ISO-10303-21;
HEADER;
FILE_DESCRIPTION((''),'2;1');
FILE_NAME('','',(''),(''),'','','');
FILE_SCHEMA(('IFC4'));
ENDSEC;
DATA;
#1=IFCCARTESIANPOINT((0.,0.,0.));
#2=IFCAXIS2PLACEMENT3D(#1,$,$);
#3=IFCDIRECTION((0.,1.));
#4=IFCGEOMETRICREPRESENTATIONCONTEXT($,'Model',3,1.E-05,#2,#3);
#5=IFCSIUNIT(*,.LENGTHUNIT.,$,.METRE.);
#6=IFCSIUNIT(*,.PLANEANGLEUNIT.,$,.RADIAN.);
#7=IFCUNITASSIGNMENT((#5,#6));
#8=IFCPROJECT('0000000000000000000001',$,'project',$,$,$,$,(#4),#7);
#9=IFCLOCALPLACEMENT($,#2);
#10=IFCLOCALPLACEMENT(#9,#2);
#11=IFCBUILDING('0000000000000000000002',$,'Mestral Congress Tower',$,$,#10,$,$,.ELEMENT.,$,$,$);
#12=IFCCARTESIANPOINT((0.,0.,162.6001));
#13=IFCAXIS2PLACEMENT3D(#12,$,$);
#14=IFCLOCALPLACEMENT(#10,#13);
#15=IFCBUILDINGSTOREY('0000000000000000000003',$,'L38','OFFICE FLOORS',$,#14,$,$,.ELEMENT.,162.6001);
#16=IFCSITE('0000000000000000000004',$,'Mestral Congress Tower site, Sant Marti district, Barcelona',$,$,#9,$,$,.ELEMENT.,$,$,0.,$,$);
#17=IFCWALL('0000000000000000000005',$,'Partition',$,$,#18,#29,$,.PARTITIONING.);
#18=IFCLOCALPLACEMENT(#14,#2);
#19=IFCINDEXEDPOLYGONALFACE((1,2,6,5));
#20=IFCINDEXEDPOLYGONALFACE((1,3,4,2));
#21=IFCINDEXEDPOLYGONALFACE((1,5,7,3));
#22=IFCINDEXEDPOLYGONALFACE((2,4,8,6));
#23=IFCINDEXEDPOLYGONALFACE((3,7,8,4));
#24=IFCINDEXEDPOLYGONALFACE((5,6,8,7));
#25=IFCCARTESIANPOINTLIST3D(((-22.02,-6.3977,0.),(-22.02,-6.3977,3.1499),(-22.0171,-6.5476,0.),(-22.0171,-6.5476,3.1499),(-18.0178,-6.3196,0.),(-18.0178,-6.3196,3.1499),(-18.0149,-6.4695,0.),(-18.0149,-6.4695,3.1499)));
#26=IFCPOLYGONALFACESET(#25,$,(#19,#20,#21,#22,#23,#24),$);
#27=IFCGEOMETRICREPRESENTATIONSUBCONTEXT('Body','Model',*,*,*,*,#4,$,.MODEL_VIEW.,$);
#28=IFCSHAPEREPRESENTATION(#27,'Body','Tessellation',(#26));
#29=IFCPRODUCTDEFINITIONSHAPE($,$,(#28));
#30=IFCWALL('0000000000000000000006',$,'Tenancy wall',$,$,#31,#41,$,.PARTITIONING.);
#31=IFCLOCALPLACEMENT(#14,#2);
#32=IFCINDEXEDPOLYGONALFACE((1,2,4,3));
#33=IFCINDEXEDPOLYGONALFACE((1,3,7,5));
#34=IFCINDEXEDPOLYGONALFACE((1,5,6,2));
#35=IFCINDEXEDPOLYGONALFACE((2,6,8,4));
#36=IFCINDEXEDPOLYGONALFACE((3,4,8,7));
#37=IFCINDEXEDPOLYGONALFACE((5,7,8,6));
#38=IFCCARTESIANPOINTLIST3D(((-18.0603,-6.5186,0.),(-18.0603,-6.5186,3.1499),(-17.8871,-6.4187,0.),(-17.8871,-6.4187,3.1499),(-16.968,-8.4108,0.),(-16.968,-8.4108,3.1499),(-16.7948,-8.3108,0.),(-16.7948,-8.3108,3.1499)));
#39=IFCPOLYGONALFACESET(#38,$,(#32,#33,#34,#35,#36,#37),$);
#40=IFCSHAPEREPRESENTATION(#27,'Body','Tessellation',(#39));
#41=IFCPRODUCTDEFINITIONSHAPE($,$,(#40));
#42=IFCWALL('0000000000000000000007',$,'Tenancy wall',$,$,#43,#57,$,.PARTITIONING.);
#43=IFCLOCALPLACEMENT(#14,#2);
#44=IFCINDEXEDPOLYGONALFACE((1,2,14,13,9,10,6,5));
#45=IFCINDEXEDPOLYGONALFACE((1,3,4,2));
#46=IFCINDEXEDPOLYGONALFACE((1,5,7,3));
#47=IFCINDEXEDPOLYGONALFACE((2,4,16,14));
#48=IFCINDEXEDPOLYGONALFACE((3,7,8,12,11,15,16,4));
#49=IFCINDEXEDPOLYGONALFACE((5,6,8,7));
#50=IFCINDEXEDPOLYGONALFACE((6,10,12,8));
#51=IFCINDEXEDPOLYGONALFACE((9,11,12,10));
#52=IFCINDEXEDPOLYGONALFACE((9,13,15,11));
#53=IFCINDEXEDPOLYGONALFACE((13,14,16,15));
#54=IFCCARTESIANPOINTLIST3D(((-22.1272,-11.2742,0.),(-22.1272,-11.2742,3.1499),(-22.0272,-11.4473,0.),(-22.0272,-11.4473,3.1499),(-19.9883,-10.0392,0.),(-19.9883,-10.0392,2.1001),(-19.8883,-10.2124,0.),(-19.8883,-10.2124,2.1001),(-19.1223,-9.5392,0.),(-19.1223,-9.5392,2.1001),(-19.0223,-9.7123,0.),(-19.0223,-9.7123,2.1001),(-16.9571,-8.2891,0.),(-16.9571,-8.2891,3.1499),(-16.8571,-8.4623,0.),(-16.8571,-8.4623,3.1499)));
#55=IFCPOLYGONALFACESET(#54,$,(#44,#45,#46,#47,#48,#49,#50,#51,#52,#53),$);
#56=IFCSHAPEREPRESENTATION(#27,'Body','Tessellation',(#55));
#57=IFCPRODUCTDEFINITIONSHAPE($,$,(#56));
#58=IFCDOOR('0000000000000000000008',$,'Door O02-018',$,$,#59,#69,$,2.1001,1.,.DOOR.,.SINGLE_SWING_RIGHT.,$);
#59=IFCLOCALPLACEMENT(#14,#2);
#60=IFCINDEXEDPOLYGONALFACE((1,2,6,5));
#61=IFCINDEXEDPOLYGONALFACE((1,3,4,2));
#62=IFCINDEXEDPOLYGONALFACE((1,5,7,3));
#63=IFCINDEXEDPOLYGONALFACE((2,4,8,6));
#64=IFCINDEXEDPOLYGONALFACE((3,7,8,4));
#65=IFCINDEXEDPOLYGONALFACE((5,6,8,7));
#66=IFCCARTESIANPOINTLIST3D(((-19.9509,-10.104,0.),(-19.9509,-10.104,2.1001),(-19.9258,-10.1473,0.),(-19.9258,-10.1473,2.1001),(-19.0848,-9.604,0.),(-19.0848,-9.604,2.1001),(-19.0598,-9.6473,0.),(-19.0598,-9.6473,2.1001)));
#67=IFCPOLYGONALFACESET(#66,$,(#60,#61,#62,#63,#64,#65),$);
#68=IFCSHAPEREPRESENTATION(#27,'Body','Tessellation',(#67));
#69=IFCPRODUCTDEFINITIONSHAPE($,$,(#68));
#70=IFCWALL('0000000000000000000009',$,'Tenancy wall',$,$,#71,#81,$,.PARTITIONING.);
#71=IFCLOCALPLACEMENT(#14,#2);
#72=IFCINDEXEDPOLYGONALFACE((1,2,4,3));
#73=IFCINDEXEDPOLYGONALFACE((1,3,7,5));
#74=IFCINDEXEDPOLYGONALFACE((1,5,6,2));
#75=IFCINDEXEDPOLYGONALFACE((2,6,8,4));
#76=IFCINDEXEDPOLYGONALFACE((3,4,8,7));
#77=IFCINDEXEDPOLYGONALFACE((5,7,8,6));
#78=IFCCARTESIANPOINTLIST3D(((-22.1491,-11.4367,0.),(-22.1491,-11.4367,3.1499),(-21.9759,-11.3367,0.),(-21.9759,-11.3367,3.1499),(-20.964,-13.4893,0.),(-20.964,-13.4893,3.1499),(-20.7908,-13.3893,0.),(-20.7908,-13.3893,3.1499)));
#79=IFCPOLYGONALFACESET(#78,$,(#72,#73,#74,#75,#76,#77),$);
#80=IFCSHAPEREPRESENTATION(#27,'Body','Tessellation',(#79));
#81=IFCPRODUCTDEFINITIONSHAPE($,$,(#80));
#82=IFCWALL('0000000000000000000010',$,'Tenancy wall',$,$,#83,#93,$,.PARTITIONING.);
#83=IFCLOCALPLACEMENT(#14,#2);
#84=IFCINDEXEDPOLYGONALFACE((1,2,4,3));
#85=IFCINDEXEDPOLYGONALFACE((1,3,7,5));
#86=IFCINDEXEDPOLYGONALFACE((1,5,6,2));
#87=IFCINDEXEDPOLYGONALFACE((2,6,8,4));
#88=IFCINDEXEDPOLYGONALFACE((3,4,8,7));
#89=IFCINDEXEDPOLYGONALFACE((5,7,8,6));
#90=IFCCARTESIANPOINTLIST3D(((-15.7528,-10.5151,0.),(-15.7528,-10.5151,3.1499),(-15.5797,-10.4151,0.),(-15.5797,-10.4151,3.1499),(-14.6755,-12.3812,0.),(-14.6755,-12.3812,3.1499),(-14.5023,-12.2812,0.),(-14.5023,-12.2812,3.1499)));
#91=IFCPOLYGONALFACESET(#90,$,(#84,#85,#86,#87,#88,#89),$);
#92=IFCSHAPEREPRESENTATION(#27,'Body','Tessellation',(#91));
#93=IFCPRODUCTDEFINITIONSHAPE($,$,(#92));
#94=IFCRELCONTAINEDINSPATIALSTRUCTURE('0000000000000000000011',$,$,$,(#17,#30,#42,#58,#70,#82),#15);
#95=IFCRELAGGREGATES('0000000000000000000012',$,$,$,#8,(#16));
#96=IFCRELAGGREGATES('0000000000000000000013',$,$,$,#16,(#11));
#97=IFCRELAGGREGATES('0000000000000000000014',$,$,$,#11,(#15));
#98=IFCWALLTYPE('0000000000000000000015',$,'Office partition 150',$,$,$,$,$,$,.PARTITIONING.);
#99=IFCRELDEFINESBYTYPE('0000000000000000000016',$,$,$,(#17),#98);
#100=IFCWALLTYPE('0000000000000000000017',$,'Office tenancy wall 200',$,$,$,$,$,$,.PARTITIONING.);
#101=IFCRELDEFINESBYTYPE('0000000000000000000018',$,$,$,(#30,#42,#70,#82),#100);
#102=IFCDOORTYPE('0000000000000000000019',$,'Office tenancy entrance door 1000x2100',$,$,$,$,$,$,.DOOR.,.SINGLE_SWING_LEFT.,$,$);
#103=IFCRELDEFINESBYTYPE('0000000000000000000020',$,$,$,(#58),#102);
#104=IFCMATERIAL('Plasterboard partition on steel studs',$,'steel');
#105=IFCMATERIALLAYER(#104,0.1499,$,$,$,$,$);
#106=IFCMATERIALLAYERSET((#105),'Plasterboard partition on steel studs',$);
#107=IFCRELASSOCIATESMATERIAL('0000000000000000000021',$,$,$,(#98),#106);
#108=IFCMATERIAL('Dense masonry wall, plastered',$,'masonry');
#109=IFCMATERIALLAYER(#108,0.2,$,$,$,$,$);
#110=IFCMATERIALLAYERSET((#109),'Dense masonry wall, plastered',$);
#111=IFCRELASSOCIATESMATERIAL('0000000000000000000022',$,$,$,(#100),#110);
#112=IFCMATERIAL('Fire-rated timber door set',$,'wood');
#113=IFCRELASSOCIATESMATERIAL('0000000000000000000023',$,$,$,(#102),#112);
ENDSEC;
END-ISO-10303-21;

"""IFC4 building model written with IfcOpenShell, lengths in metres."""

from ifc_helpers import new_model, si_unit, direction, frame, frame_2d, origin, place, context, subcontext, project, spatial, rectangle, extrude, material, layer, layer_set, type_object, element, fill, save


model = new_model("IFC4")

# Units and contexts
model_context = context("Model", 3, precision=1e-05, world=origin(), true_north=direction((0.0, 1.0)))
body_context = subcontext(model_context, "Body", "Model", "MODEL_VIEW")
ifc_project = project(units=[si_unit("LENGTHUNIT", "METRE"), si_unit("PLANEANGLEUNIT", "RADIAN")], contexts=[model_context])

# Site, building, storey
site_placement = place(None, origin())
site = spatial("IfcSite", under=ifc_project, at=site_placement, Name="Mestral Congress Tower site, Sant Marti district, Barcelona", CompositionType="ELEMENT", RefElevation=0.0)
building_placement = place(site_placement, origin())
building = spatial("IfcBuilding", under=site, at=building_placement, Name="Mestral Congress Tower", CompositionType="ELEMENT")
storey_placement = place(building_placement, frame((0.0, 0.0, 162.6001)))
storey = spatial("IfcBuildingStorey", under=building, at=storey_placement, Name="L38", Description="OFFICE FLOORS", CompositionType="ELEMENT", Elevation=162.6001)

# Shared definitions
ifc_material_1 = material(Name="Plasterboard partition on steel studs", Category="steel")
ifc_layer_1 = layer(ifc_material_1, 0.1499)
ifc_layer_set_1 = layer_set([ifc_layer_1], Name="Plasterboard partition on steel studs")
wall_type_1 = type_object("IfcWallType", Name="Office partition 150", PredefinedType="PARTITIONING", material=ifc_layer_set_1)

# Walls
wall_1_placement = place(storey_placement, frame((-18.0164, -6.3945, 0.0), z_axis=(0.0, 0.0, 1.0), x_axis=(-0.99981, -0.019517, 0.0)))
element("IfcWall", 1, at=wall_1_placement, inside=storey, type_object=wall_type_1, Name="Partition", PredefinedType="PARTITIONING", context=body_context, shape_type="SweptSolid", body=[
    extrude(rectangle(XDim=4.0029, YDim=0.1499, at=frame_2d((2.0015, 0.0))), origin(), (0.0, 0.0, 1.0), 3.1499),
])
ifc_material_2 = material(Name="Dense masonry wall, plastered", Category="masonry")
ifc_layer_2 = layer(ifc_material_2, 0.2)
ifc_layer_set_2 = layer_set([ifc_layer_2], Name="Dense masonry wall, plastered")
wall_type_2 = type_object("IfcWallType", Name="Office tenancy wall 200", PredefinedType="PARTITIONING", material=ifc_layer_set_2)
wall_2_placement = place(storey_placement, frame((-17.9736, -6.4688, 0.0), z_axis=(0.0, 0.0, 1.0), x_axis=(0.499961, -0.866048, 0.0)))
element("IfcWall", 2, at=wall_2_placement, inside=storey, type_object=wall_type_2, Name="Tenancy wall", PredefinedType="PARTITIONING", context=body_context, shape_type="SweptSolid", body=[
    extrude(rectangle(XDim=2.1848, YDim=0.2, at=frame_2d((1.0923, 0.0))), origin(), (0.0, 0.0, 1.0), 3.1499),
])

# Wall, opening, door
wall_3_placement = place(storey_placement, frame((-16.9072, -8.3757, 0.0), z_axis=(0.0, 0.0, 1.0), x_axis=(-0.866017, -0.500014, 0.0)))
wall_3 = element("IfcWall", 3, at=wall_3_placement, inside=storey, type_object=wall_type_2, Name="Tenancy wall", PredefinedType="PARTITIONING", context=body_context, shape_type="SweptSolid", body=[
    extrude(rectangle(XDim=5.97, YDim=0.2, at=frame_2d((2.9849, 0.0))), origin(), (0.0, 0.0, 1.0), 3.1499),
])
opening_1_placement = place(wall_3_placement, frame((2.5, 0.0, 0.0)))
opening_1 = element("IfcOpeningElement", 4, at=opening_1_placement, cuts=wall_3, PredefinedType="OPENING", context=body_context, shape_type="SweptSolid", body=[
    extrude(rectangle(XDim=1.0, YDim=2.1001, at=frame_2d((0.5, 1.05))), frame((0.0, 0.1099, 0.0), z_axis=(0.0, -1.0, 0.0), x_axis=(1.0, 0.0, 0.0)), (0.0, 0.0, 1.0), 0.22),
])
ifc_material_3 = material(Name="Fire-rated timber door set", Category="wood")
door_type_1 = type_object("IfcDoorType", Name="Office tenancy entrance door 1000x2100", OperationType="SINGLE_SWING_LEFT", PredefinedType="DOOR", material=ifc_material_3)
door_1_placement = place(opening_1_placement, origin())
door_1 = element("IfcDoor", 5, at=door_1_placement, inside=storey, type_object=door_type_1, Name="Door O02-018", OperationType="SINGLE_SWING_RIGHT", OverallHeight=2.1001, OverallWidth=1.0, PredefinedType="DOOR", context=body_context, shape_type="SweptSolid", body=[
    extrude(rectangle(XDim=1.0, YDim=2.1001, at=frame_2d((0.5, 1.05))), frame((0.0, 0.0249, 0.0), z_axis=(0.0, -1.0, 0.0), x_axis=(1.0, 0.0, 0.0)), (0.0, 0.0, 1.0), 0.05),
])
fill(opening_1, door_1)

# Walls
wall_4_placement = place(storey_placement, frame((-22.0625, -11.3867, 0.0), z_axis=(0.0, 0.0, 1.0), x_axis=(0.500017, -0.866016, 0.0)))
element("IfcWall", 6, at=wall_4_placement, inside=storey, type_object=wall_type_2, Name="Tenancy wall", PredefinedType="PARTITIONING", context=body_context, shape_type="SweptSolid", body=[
    extrude(rectangle(XDim=2.3701, YDim=0.2, at=frame_2d((1.1851, 0.0))), origin(), (0.0, 0.0, 1.0), 3.1499),
])
wall_5_placement = place(storey_placement, frame((-15.6663, -10.4651, 0.0), z_axis=(0.0, 0.0, 1.0), x_axis=(0.499977, -0.866038, 0.0)))
element("IfcWall", 7, at=wall_5_placement, inside=storey, type_object=wall_type_2, Name="Tenancy wall", PredefinedType="PARTITIONING", context=body_context, shape_type="SweptSolid", body=[
    extrude(rectangle(XDim=2.1548, YDim=0.2, at=frame_2d((1.0774, 0.0))), origin(), (0.0, 0.0, 1.0), 3.1499),
])

save(model, "model.ifc")
